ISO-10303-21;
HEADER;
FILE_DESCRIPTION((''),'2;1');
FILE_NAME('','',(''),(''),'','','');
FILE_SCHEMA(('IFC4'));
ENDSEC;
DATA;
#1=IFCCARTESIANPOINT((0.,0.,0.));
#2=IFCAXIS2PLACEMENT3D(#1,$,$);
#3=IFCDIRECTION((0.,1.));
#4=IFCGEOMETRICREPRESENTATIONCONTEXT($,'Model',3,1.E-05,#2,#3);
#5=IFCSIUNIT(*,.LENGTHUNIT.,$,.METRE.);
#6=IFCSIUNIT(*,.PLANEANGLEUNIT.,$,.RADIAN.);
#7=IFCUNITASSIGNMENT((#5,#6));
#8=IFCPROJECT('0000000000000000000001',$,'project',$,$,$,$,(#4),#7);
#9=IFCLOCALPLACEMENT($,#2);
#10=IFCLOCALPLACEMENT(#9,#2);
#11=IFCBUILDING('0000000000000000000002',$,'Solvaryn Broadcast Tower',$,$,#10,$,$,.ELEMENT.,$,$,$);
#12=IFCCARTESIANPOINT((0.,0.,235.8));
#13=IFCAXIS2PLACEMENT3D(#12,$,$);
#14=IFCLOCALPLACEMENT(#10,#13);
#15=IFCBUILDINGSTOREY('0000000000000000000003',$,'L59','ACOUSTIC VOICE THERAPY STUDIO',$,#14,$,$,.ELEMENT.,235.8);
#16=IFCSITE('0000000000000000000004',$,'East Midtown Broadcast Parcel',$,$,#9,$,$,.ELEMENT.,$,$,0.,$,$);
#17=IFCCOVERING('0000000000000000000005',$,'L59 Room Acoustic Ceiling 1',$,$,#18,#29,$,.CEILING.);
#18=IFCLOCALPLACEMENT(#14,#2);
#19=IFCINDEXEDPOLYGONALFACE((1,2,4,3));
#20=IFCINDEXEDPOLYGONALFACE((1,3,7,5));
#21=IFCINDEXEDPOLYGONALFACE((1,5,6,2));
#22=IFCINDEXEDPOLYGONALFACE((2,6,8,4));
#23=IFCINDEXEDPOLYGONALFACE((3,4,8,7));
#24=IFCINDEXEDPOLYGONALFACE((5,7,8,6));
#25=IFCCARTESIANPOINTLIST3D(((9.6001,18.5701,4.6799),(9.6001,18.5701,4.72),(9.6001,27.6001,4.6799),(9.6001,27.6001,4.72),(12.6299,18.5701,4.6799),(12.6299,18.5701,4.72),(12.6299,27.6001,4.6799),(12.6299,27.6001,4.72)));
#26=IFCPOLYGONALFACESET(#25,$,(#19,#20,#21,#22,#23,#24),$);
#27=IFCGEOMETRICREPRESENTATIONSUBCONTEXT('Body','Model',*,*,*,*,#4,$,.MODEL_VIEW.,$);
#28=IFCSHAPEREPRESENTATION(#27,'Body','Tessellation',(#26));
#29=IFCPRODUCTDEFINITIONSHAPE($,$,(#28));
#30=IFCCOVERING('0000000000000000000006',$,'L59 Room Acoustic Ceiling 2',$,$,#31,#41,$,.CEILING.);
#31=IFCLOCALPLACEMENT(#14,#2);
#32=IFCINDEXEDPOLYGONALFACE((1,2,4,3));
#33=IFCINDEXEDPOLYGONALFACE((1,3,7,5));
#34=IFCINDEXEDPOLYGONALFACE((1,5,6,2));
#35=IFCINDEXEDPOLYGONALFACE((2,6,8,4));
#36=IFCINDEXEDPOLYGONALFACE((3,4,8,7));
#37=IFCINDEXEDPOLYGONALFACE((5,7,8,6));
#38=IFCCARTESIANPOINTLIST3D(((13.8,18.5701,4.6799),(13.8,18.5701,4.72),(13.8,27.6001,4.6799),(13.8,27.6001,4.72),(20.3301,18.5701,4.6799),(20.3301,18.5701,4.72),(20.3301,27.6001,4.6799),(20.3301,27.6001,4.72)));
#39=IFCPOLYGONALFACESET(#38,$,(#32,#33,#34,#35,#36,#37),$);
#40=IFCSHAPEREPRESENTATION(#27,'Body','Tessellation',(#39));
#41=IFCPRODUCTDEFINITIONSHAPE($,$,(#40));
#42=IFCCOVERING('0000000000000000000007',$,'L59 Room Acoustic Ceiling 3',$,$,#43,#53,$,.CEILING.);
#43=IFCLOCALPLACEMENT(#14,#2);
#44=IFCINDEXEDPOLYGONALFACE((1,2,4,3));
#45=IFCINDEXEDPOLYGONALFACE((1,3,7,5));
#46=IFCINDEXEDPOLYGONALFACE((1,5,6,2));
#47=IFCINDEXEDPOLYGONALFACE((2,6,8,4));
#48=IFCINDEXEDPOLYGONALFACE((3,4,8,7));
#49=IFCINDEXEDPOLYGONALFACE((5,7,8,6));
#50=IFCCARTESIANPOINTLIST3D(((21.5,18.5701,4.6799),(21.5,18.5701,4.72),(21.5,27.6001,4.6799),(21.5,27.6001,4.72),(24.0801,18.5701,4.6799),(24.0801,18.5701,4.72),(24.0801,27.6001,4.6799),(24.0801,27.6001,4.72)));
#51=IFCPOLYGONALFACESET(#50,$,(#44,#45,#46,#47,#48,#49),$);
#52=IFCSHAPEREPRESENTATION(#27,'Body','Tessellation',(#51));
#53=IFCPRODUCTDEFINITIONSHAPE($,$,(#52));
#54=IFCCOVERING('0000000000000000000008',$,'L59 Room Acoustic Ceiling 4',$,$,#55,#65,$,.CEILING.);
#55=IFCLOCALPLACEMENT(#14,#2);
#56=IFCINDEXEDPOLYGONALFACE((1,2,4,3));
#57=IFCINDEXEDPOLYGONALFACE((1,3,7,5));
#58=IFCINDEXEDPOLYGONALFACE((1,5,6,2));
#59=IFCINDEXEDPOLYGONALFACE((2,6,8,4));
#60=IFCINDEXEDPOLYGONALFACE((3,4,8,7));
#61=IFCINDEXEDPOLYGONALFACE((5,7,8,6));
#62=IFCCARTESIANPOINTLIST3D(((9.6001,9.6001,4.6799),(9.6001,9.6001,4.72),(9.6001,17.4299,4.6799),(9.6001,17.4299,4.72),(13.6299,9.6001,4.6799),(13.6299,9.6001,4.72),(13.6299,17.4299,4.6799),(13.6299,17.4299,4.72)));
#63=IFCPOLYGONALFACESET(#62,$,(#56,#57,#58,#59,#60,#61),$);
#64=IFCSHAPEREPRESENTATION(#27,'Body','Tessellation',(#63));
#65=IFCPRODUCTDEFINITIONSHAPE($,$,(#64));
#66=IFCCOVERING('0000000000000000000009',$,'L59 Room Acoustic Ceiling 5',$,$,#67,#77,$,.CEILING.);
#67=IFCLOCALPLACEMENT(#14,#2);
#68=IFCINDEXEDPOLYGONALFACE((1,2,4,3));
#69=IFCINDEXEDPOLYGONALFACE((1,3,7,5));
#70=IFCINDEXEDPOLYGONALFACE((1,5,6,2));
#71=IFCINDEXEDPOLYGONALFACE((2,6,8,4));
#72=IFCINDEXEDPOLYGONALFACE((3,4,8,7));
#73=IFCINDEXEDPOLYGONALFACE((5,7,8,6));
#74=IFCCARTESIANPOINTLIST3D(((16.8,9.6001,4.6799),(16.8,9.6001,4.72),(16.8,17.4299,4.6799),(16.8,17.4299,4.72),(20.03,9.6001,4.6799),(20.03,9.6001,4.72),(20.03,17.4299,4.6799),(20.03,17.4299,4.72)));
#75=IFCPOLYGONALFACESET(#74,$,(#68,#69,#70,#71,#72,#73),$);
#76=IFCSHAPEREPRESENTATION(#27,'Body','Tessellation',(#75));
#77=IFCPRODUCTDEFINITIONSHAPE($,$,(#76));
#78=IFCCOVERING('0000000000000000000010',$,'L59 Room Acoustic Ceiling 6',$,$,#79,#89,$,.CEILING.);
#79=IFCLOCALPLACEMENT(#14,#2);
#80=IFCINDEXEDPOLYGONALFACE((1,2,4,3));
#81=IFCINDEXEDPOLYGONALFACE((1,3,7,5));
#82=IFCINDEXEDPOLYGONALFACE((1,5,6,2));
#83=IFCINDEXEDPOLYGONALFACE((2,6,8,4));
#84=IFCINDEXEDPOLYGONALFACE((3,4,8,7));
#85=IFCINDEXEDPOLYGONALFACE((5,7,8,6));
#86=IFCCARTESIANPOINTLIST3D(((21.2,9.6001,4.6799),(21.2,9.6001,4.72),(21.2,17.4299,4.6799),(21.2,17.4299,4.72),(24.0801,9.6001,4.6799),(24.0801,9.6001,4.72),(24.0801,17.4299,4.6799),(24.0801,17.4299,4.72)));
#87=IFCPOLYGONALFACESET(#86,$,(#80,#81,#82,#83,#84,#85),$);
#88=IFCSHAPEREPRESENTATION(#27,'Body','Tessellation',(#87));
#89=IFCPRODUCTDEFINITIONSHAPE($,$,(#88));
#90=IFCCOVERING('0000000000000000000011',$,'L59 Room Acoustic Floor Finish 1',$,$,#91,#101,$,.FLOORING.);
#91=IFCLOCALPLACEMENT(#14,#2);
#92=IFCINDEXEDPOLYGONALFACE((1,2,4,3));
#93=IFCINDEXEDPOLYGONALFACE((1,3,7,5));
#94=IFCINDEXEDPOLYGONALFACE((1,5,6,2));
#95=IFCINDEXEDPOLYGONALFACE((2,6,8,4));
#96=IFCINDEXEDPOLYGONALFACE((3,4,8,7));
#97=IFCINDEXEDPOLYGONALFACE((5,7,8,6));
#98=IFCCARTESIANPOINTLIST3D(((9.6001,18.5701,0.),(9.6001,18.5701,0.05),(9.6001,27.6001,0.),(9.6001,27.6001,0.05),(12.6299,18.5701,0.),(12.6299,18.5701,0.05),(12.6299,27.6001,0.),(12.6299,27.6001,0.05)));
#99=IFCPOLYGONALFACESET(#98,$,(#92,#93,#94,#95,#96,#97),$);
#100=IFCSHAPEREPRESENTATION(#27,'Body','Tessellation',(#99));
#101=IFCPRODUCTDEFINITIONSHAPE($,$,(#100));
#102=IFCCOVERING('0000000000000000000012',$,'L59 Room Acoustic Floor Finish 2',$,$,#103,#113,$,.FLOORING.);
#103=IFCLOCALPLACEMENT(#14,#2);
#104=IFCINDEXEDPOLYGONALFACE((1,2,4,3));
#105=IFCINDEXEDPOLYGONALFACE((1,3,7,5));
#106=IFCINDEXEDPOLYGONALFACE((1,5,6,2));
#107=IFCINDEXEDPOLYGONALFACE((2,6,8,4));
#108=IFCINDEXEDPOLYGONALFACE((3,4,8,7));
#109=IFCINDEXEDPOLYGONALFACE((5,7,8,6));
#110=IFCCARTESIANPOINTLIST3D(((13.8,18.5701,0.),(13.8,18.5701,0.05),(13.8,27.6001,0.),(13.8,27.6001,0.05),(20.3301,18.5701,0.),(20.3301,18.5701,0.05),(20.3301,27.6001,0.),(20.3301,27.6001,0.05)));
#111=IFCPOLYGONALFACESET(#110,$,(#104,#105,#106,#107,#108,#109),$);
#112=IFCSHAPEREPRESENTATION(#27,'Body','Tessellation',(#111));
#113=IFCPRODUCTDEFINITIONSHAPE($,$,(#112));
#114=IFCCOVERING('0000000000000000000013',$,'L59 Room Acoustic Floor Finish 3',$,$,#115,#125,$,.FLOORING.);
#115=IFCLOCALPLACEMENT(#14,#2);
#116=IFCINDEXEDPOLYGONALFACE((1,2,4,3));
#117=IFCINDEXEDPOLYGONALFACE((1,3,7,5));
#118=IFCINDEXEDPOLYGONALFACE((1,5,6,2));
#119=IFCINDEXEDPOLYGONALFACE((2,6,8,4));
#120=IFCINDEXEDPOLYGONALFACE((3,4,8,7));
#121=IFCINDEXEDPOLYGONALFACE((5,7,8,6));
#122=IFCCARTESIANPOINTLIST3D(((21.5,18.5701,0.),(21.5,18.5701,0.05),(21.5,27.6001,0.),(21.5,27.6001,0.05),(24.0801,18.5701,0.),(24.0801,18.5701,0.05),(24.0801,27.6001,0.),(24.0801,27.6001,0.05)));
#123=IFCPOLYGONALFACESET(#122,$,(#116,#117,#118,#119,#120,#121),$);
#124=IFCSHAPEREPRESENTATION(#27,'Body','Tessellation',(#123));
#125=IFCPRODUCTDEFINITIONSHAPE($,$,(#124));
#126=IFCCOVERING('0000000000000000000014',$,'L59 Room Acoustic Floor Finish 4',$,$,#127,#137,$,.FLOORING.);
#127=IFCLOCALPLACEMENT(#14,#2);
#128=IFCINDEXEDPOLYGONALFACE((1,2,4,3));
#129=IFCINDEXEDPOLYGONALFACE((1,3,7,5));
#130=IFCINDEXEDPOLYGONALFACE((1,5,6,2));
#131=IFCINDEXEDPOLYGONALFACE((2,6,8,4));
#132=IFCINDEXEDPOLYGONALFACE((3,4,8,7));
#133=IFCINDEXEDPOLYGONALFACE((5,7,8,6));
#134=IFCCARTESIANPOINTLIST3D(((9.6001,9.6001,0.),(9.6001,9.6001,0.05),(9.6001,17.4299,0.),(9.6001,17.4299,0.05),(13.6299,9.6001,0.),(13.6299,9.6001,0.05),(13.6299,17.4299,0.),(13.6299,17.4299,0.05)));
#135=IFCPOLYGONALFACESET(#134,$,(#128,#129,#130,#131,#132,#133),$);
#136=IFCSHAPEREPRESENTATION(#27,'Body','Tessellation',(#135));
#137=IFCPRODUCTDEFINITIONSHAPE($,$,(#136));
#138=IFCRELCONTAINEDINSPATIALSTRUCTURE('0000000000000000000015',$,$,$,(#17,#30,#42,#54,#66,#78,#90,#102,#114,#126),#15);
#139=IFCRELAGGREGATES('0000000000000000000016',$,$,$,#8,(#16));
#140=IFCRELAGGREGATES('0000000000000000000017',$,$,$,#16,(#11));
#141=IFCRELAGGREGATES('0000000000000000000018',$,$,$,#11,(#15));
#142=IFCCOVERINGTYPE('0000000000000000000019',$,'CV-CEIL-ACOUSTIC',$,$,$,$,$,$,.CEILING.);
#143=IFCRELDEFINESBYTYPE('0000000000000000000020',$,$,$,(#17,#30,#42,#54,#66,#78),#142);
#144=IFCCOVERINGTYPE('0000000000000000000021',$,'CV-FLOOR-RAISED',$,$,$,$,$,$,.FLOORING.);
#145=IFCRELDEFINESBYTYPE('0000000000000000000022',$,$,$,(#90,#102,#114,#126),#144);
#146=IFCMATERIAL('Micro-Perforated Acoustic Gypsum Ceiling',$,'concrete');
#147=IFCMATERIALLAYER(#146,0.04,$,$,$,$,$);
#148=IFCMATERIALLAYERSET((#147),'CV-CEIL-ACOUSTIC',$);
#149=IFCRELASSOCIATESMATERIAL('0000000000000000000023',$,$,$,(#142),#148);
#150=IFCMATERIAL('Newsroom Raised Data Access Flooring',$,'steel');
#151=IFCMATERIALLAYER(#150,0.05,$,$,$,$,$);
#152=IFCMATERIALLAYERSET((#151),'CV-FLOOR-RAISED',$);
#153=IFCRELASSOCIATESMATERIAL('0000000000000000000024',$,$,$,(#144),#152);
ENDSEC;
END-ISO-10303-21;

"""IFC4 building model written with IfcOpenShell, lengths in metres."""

from ifc_helpers import new_model, si_unit, direction, frame, origin, place, context, subcontext, project, spatial, polyline, outline, extrude, material, layer, layer_set, type_object, element, save


model = new_model("IFC4")

# Units and contexts
model_context = context("Model", 3, precision=1e-05, world=origin(), true_north=direction((0.0, 1.0)))
body_context = subcontext(model_context, "Body", "Model", "MODEL_VIEW")
ifc_project = project(units=[si_unit("LENGTHUNIT", "METRE"), si_unit("PLANEANGLEUNIT", "RADIAN")], contexts=[model_context])

# Site, building, storey
site_placement = place(None, origin())
site = spatial("IfcSite", under=ifc_project, at=site_placement, Name="East Midtown Broadcast Parcel", CompositionType="ELEMENT", RefElevation=0.0)
building_placement = place(site_placement, origin())
building = spatial("IfcBuilding", under=site, at=building_placement, Name="Solvaryn Broadcast Tower", CompositionType="ELEMENT")
storey_placement = place(building_placement, frame((0.0, 0.0, 235.8)))
storey = spatial("IfcBuildingStorey", under=building, at=storey_placement, Name="L59", Description="ACOUSTIC VOICE THERAPY STUDIO", CompositionType="ELEMENT", Elevation=235.8)

# Coverings
ifc_material_1 = material(Name="Micro-Perforated Acoustic Gypsum Ceiling", Category="concrete")
ifc_layer_1 = layer(ifc_material_1, 0.04)
ifc_layer_set_1 = layer_set([ifc_layer_1], Name="CV-CEIL-ACOUSTIC")
covering_type_1 = type_object("IfcCoveringType", Name="CV-CEIL-ACOUSTIC", PredefinedType="CEILING", material=ifc_layer_set_1)
covering_1_placement = place(storey_placement, frame((0.0, 0.0, 4.6799)))
element("IfcCovering", 1, at=covering_1_placement, inside=storey, type_object=covering_type_1, Name="L59 Room Acoustic Ceiling 1", PredefinedType="CEILING", context=body_context, shape_type="SweptSolid", body=[
    extrude(outline(polyline([(9.6001, 18.5701), (12.6299, 18.5701), (12.6299, 27.6001), (9.6001, 27.6001), (9.6001, 18.5701)])), origin(), (0.0, 0.0, 1.0), 0.04),
])
covering_2_placement = place(storey_placement, frame((0.0, 0.0, 4.6799)))
element("IfcCovering", 2, at=covering_2_placement, inside=storey, type_object=covering_type_1, Name="L59 Room Acoustic Ceiling 2", PredefinedType="CEILING", context=body_context, shape_type="SweptSolid", body=[
    extrude(outline(polyline([(13.8, 18.5701), (20.3301, 18.5701), (20.3301, 27.6001), (13.8, 27.6001), (13.8, 18.5701)])), origin(), (0.0, 0.0, 1.0), 0.04),
])
covering_3_placement = place(storey_placement, frame((0.0, 0.0, 4.6799)))
element("IfcCovering", 3, at=covering_3_placement, inside=storey, type_object=covering_type_1, Name="L59 Room Acoustic Ceiling 3", PredefinedType="CEILING", context=body_context, shape_type="SweptSolid", body=[
    extrude(outline(polyline([(21.5, 18.5701), (24.0801, 18.5701), (24.0801, 27.6001), (21.5, 27.6001), (21.5, 18.5701)])), origin(), (0.0, 0.0, 1.0), 0.04),
])
covering_4_placement = place(storey_placement, frame((0.0, 0.0, 4.6799)))
element("IfcCovering", 4, at=covering_4_placement, inside=storey, type_object=covering_type_1, Name="L59 Room Acoustic Ceiling 4", PredefinedType="CEILING", context=body_context, shape_type="SweptSolid", body=[
    extrude(outline(polyline([(9.6001, 9.6001), (13.6299, 9.6001), (13.6299, 17.4299), (9.6001, 17.4299), (9.6001, 9.6001)])), origin(), (0.0, 0.0, 1.0), 0.04),
])
covering_5_placement = place(storey_placement, frame((0.0, 0.0, 4.6799)))
element("IfcCovering", 5, at=covering_5_placement, inside=storey, type_object=covering_type_1, Name="L59 Room Acoustic Ceiling 5", PredefinedType="CEILING", context=body_context, shape_type="SweptSolid", body=[
    extrude(outline(polyline([(16.8, 9.6001), (20.03, 9.6001), (20.03, 17.4299), (16.8, 17.4299), (16.8, 9.6001)])), origin(), (0.0, 0.0, 1.0), 0.04),
])
covering_6_placement = place(storey_placement, frame((0.0, 0.0, 4.6799)))
element("IfcCovering", 6, at=covering_6_placement, inside=storey, type_object=covering_type_1, Name="L59 Room Acoustic Ceiling 6", PredefinedType="CEILING", context=body_context, shape_type="SweptSolid", body=[
    extrude(outline(polyline([(21.2, 9.6001), (24.0801, 9.6001), (24.0801, 17.4299), (21.2, 17.4299), (21.2, 9.6001)])), origin(), (0.0, 0.0, 1.0), 0.04),
])
ifc_material_2 = material(Name="Newsroom Raised Data Access Flooring", Category="steel")
ifc_layer_2 = layer(ifc_material_2, 0.05)
ifc_layer_set_2 = layer_set([ifc_layer_2], Name="CV-FLOOR-RAISED")
covering_type_2 = type_object("IfcCoveringType", Name="CV-FLOOR-RAISED", PredefinedType="FLOORING", material=ifc_layer_set_2)
covering_7_placement = place(storey_placement, origin())
element("IfcCovering", 7, at=covering_7_placement, inside=storey, type_object=covering_type_2, Name="L59 Room Acoustic Floor Finish 1", PredefinedType="FLOORING", context=body_context, shape_type="SweptSolid", body=[
    extrude(outline(polyline([(9.6001, 18.5701), (12.6299, 18.5701), (12.6299, 27.6001), (9.6001, 27.6001), (9.6001, 18.5701)])), origin(), (0.0, 0.0, 1.0), 0.05),
])
covering_8_placement = place(storey_placement, origin())
element("IfcCovering", 8, at=covering_8_placement, inside=storey, type_object=covering_type_2, Name="L59 Room Acoustic Floor Finish 2", PredefinedType="FLOORING", context=body_context, shape_type="SweptSolid", body=[
    extrude(outline(polyline([(13.8, 18.5701), (20.3301, 18.5701), (20.3301, 27.6001), (13.8, 27.6001), (13.8, 18.5701)])), origin(), (0.0, 0.0, 1.0), 0.05),
])
covering_9_placement = place(storey_placement, origin())
element("IfcCovering", 9, at=covering_9_placement, inside=storey, type_object=covering_type_2, Name="L59 Room Acoustic Floor Finish 3", PredefinedType="FLOORING", context=body_context, shape_type="SweptSolid", body=[
    extrude(outline(polyline([(21.5, 18.5701), (24.0801, 18.5701), (24.0801, 27.6001), (21.5, 27.6001), (21.5, 18.5701)])), origin(), (0.0, 0.0, 1.0), 0.05),
])
covering_10_placement = place(storey_placement, origin())
element("IfcCovering", 10, at=covering_10_placement, inside=storey, type_object=covering_type_2, Name="L59 Room Acoustic Floor Finish 4", PredefinedType="FLOORING", context=body_context, shape_type="SweptSolid", body=[
    extrude(outline(polyline([(9.6001, 9.6001), (13.6299, 9.6001), (13.6299, 17.4299), (9.6001, 17.4299), (9.6001, 9.6001)])), origin(), (0.0, 0.0, 1.0), 0.05),
])

save(model, "model.ifc")
